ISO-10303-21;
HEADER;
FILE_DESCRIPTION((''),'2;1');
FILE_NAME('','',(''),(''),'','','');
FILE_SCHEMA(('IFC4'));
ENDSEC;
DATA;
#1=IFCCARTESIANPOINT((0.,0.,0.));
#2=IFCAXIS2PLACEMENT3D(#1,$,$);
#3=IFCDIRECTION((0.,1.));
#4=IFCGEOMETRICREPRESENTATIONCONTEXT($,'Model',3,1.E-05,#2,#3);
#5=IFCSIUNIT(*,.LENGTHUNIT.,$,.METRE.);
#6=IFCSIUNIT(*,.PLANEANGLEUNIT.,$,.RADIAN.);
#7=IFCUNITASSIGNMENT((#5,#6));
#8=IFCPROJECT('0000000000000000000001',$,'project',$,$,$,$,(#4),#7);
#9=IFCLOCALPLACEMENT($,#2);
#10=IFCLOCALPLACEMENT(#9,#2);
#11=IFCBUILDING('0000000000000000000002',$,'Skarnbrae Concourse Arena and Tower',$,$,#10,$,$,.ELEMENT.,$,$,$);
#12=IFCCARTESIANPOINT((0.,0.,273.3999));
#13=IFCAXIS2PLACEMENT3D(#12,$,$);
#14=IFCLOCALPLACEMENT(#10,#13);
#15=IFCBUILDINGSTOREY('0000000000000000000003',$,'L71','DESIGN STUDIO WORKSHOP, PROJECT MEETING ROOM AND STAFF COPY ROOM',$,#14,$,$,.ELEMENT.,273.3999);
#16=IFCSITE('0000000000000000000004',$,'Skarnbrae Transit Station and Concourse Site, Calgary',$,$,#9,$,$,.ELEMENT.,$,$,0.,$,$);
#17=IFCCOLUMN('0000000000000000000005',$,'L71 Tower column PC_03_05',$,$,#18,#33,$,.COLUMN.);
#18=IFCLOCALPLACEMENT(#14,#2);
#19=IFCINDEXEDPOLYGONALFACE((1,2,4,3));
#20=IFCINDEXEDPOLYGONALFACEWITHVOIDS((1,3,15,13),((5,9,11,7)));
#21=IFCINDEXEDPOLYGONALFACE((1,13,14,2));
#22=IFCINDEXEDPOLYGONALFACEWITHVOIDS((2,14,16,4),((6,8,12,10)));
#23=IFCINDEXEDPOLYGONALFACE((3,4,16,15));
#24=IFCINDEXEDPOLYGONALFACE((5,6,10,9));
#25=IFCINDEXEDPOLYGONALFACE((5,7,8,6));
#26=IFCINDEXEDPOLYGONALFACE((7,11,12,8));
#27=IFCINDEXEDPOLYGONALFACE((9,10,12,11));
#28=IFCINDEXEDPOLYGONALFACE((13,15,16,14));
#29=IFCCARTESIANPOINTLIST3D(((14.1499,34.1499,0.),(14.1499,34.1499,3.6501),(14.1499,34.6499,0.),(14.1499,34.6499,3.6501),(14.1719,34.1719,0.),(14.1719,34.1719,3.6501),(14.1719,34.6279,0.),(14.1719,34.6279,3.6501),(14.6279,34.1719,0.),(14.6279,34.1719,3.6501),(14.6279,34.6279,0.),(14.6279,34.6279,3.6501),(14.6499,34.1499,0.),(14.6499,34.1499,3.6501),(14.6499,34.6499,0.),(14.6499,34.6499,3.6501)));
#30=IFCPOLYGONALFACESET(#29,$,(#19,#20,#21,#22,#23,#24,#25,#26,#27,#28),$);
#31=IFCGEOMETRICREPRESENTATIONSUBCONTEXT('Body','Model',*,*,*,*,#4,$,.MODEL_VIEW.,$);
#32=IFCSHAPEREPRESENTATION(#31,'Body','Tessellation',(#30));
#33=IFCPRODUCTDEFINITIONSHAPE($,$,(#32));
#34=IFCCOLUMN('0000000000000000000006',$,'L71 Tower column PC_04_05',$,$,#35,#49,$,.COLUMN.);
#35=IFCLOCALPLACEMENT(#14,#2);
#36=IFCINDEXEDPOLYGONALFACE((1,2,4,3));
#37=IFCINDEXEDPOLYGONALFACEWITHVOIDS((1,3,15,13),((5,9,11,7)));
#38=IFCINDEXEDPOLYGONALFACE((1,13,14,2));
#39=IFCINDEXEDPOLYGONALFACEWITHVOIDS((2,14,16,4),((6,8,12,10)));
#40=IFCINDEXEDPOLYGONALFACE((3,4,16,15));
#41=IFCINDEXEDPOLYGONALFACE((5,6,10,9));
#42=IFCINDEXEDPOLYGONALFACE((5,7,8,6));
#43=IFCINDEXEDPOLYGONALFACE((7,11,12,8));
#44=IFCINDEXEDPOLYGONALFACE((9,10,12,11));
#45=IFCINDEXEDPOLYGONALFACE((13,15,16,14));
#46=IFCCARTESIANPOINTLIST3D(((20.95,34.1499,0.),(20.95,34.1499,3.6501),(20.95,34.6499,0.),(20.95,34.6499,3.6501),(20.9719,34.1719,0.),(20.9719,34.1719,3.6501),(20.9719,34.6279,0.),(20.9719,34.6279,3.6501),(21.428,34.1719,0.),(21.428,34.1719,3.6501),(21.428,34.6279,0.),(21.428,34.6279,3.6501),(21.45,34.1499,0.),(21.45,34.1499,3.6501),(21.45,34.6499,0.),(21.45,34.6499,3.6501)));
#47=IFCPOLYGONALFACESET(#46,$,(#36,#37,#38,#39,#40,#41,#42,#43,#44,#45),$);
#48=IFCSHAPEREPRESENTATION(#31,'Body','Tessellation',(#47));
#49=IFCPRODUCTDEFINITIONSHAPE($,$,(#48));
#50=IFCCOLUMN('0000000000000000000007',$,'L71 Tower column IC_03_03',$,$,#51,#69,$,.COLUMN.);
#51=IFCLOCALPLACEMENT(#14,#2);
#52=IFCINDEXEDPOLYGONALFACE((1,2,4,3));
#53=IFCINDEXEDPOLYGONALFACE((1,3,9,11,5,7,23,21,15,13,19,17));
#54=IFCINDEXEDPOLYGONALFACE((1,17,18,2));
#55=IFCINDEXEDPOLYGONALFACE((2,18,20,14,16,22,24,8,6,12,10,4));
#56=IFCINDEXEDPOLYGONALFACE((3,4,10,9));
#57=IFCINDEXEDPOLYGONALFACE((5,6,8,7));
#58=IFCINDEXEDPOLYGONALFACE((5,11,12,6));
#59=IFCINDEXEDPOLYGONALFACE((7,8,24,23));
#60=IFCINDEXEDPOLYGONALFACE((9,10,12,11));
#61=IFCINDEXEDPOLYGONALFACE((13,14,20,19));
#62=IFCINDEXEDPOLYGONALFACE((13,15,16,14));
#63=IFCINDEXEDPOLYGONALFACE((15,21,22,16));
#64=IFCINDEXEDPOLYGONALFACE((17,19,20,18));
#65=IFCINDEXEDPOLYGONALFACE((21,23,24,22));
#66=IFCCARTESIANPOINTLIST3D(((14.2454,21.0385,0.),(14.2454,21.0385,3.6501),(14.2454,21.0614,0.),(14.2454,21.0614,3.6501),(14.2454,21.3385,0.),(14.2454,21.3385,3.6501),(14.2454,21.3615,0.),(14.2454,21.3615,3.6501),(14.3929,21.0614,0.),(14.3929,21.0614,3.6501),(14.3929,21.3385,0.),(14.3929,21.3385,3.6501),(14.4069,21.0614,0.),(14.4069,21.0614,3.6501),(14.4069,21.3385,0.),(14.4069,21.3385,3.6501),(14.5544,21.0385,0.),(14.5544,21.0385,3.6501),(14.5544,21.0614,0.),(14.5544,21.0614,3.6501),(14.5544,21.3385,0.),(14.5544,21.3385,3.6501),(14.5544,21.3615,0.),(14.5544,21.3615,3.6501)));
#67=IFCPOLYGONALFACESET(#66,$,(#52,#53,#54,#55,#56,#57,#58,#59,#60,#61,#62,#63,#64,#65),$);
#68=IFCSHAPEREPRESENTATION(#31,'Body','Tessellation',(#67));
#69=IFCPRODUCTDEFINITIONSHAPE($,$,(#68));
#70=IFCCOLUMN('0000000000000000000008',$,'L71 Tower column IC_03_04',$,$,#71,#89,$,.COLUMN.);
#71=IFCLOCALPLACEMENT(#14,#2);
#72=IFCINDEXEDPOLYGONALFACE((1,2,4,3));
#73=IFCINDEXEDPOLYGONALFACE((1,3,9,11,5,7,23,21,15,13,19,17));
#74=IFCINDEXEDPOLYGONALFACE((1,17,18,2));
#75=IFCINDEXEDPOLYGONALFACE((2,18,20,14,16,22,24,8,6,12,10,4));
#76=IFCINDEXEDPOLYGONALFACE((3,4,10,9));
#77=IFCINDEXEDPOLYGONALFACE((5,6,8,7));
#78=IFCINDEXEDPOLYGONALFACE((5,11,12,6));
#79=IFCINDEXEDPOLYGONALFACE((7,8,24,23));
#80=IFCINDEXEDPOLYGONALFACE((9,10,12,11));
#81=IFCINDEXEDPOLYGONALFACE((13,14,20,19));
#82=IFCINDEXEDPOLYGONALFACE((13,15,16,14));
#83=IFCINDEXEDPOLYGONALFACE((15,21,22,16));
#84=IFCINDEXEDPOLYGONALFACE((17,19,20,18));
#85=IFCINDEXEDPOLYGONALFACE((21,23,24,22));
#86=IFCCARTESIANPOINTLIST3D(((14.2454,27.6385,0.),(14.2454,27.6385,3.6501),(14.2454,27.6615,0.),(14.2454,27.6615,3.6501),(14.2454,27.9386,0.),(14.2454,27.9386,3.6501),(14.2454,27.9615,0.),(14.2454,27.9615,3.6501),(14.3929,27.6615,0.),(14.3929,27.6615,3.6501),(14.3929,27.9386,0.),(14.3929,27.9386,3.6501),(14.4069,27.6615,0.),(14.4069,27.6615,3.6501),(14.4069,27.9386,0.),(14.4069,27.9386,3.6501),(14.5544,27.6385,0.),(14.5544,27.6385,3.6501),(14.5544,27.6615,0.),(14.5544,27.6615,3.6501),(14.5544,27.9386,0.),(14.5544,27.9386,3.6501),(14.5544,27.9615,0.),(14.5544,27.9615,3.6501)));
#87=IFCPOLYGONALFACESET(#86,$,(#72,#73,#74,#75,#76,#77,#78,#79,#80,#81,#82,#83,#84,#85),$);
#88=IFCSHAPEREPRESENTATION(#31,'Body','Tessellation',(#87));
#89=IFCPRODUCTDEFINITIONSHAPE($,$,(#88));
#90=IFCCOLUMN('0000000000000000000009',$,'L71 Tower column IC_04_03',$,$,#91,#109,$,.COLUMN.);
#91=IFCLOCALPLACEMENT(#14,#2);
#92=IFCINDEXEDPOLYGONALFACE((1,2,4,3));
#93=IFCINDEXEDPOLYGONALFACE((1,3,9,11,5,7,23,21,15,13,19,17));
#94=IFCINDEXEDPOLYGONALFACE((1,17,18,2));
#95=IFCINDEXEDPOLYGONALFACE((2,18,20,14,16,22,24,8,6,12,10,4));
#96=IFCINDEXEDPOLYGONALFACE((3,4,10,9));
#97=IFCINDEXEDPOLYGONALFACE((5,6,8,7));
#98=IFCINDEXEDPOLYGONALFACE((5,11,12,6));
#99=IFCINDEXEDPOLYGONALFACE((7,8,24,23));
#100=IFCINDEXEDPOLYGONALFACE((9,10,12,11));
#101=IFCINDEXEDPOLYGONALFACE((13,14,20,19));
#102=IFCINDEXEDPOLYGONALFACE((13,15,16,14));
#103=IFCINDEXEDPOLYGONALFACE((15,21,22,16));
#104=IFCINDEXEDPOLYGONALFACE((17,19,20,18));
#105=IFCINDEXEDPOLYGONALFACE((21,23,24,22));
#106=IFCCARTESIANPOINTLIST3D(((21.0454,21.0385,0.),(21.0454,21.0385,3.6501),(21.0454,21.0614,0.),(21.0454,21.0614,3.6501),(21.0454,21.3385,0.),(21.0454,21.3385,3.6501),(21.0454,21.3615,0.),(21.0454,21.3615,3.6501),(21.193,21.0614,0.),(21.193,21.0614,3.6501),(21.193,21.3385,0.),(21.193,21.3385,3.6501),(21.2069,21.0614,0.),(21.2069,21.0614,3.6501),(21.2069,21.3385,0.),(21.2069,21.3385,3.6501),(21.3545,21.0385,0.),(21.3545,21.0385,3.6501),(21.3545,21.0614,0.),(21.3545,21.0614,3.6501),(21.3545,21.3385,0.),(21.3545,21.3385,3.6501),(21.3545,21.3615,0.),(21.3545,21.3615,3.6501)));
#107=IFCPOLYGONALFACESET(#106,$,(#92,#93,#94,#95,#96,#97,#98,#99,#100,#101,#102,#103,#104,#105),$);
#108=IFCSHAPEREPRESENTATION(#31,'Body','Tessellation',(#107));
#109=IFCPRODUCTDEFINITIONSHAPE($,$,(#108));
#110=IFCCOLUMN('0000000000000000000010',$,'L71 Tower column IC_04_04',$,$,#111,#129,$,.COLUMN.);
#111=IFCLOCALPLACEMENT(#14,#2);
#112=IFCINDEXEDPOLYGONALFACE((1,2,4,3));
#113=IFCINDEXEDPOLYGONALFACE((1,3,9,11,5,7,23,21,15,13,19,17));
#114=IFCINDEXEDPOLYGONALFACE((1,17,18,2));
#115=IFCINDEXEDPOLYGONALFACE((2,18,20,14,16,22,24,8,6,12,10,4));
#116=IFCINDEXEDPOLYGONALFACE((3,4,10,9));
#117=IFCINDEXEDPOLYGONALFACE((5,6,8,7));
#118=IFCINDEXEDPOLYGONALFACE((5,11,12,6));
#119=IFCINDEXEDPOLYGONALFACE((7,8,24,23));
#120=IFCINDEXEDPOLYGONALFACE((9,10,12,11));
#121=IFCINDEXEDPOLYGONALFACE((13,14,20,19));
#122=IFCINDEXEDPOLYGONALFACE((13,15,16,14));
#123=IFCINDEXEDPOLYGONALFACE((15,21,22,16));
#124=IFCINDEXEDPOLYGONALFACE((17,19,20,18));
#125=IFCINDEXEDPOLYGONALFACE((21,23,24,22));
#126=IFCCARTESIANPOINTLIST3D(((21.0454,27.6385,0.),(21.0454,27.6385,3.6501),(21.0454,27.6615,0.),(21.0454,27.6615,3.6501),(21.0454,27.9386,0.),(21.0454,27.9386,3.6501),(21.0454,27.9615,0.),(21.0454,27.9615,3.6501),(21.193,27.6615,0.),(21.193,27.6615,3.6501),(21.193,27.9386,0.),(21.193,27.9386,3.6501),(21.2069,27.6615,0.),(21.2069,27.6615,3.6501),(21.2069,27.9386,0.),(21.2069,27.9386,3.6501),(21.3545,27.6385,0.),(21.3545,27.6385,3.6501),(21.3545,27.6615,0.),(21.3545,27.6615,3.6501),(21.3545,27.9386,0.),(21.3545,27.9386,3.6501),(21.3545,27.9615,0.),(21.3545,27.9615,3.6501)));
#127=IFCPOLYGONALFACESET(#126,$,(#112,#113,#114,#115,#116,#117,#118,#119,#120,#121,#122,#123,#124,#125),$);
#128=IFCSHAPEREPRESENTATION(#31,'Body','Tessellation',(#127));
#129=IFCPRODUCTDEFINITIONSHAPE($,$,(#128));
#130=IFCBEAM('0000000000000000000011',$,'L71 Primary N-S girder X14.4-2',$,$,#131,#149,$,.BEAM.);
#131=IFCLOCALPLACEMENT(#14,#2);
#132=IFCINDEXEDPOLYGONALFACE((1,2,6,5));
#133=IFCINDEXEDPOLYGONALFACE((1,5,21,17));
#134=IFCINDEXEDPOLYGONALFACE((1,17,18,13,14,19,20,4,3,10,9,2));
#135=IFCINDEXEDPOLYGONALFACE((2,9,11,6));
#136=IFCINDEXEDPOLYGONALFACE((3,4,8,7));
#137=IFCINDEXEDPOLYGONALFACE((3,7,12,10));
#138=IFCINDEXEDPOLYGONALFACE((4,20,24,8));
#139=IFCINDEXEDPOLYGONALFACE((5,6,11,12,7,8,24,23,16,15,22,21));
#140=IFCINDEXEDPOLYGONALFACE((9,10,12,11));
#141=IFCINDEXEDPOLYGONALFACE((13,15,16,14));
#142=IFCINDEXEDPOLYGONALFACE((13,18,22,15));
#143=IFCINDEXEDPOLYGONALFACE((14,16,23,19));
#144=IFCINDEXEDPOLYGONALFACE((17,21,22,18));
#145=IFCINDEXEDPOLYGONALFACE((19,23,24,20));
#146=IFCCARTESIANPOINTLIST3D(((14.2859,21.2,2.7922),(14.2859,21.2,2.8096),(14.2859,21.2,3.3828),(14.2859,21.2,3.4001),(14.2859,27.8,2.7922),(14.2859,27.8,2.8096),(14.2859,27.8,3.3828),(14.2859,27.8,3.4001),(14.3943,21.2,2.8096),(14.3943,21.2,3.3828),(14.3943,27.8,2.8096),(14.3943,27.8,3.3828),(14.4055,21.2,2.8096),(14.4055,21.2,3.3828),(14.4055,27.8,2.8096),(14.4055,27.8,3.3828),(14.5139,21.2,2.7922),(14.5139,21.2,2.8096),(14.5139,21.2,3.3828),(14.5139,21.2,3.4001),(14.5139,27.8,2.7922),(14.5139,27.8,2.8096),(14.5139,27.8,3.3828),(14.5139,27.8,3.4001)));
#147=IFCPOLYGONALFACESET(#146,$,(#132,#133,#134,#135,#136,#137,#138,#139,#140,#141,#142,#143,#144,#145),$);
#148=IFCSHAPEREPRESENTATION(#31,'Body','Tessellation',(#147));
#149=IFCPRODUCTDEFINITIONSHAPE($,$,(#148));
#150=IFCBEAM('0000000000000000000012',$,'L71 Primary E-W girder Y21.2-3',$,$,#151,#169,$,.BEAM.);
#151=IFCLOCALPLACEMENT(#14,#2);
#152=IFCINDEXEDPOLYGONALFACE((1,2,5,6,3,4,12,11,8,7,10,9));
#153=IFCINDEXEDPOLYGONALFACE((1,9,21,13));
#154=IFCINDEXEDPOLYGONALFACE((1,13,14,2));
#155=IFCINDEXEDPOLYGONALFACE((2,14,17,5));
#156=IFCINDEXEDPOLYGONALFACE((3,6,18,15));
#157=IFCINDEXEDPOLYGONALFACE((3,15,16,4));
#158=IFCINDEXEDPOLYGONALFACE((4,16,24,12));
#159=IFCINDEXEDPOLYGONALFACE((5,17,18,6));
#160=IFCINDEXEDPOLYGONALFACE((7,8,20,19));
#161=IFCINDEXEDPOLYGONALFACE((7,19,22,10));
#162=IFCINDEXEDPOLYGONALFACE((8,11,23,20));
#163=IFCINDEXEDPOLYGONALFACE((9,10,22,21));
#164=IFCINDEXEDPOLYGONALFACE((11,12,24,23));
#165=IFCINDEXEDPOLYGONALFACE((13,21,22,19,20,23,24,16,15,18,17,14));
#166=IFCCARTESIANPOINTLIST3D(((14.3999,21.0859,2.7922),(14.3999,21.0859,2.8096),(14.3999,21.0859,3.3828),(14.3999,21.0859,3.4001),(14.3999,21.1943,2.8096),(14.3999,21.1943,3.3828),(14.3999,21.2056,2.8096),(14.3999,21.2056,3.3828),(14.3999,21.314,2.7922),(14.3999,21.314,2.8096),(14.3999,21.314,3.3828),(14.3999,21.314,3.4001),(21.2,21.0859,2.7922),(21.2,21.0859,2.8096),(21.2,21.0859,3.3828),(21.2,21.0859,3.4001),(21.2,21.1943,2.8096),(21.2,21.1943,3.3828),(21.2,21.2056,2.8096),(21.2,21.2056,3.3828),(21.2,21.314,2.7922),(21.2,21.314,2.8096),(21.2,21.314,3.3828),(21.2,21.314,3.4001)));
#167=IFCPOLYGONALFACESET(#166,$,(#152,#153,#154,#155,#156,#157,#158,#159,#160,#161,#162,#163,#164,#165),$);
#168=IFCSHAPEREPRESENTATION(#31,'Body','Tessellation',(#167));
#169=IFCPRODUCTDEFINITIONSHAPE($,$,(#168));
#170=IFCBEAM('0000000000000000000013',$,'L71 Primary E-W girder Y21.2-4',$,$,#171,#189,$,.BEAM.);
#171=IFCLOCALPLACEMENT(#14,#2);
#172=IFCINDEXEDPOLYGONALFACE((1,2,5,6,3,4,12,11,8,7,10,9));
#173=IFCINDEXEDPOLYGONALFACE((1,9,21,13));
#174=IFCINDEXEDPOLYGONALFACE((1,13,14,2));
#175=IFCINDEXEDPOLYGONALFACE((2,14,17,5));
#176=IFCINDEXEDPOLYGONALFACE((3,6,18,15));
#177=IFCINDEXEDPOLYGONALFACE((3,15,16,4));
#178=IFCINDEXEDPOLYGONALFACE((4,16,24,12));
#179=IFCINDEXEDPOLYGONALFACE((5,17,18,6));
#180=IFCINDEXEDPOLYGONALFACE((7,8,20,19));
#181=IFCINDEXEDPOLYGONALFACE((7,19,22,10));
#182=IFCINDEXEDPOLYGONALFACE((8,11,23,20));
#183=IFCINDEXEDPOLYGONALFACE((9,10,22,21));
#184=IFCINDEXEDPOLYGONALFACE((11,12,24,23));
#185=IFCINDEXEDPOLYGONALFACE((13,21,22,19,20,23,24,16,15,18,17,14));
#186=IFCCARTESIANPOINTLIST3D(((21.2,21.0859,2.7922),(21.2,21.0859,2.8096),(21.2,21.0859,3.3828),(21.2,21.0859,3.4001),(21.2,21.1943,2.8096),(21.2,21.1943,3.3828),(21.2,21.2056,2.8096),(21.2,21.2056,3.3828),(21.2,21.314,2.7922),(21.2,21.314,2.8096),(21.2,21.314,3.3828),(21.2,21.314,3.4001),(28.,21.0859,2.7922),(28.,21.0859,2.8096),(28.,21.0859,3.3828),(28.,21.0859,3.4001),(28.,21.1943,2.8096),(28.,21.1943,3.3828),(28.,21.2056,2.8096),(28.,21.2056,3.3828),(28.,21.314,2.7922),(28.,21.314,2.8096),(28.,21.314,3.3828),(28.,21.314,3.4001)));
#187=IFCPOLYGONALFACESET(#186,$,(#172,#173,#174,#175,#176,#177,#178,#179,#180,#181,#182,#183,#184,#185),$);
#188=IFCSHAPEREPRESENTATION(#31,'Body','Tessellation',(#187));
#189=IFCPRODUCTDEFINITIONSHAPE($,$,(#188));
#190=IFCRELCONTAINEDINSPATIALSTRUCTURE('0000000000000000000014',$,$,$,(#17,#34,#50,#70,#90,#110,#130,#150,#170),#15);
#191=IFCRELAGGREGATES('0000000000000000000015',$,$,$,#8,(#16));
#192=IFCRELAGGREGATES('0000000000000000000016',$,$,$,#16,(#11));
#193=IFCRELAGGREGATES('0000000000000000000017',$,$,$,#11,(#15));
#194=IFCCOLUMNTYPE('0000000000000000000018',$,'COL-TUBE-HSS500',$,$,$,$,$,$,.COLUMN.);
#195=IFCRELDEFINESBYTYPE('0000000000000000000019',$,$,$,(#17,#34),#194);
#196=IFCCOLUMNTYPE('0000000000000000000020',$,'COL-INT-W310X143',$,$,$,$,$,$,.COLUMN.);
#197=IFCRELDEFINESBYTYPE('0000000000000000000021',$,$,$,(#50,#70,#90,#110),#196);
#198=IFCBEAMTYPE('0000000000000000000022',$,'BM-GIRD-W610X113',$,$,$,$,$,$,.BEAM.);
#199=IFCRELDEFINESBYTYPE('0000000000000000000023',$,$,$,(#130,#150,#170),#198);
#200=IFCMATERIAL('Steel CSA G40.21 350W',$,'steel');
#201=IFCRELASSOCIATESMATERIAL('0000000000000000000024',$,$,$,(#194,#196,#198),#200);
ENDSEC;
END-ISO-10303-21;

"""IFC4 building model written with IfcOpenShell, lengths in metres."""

from ifc_helpers import new_model, si_unit, direction, frame, origin, origin_2d, place, context, subcontext, project, spatial, hollow_rectangle, i_section, extrude, source, transform, mapped, material, material_profile, profile_set, type_object, element, save


model = new_model("IFC4")

# Units and contexts
model_context = context("Model", 3, precision=1e-05, world=origin(), true_north=direction((0.0, 1.0)))
body_context = subcontext(model_context, "Body", "Model", "MODEL_VIEW")
ifc_project = project(units=[si_unit("LENGTHUNIT", "METRE"), si_unit("PLANEANGLEUNIT", "RADIAN")], contexts=[model_context])

# Site, building, storey
site_placement = place(None, origin())
site = spatial("IfcSite", under=ifc_project, at=site_placement, Name="Skarnbrae Transit Station and Concourse Site, Calgary", CompositionType="ELEMENT", RefElevation=0.0)
building_placement = place(site_placement, origin())
building = spatial("IfcBuilding", under=site, at=building_placement, Name="Skarnbrae Concourse Arena and Tower", CompositionType="ELEMENT")
storey_placement = place(building_placement, frame((0.0, 0.0, 273.3999)))
storey = spatial("IfcBuildingStorey", under=building, at=storey_placement, Name="L71", Description="DESIGN STUDIO WORKSHOP, PROJECT MEETING ROOM AND STAFF COPY ROOM", CompositionType="ELEMENT", Elevation=273.3999)

# Columns
ifc_material_1 = material(Name="Steel CSA G40.21 350W", Category="steel")
ifc_material_profile_1 = material_profile(ifc_material_1, hollow_rectangle(XDim=0.5, YDim=0.5, WallThickness=0.022, at=origin_2d()), Name="HSS500X500X22.0")
ifc_profile_set_1 = profile_set([ifc_material_profile_1], Name="Steel CSA G40.21 350W")
column_type_1 = type_object("IfcColumnType", Name="COL-TUBE-HSS500", PredefinedType="COLUMN", material=ifc_profile_set_1)
shared_shape_1 = source(origin(), body_context, "Body", "SweptSolid", [
    extrude(hollow_rectangle(XDim=0.5, YDim=0.5, WallThickness=0.022, at=origin_2d()), origin(), (0.0, 0.0, 1.0), 3.6501),
])
for number, where, z_axis, x_axis, name in (
    (1, (14.3999, 34.3999, 0.0), (0.0, 0.0, 1.0), (1.0, 0.0, 0.0), "L71 Tower column PC_03_05"),
    (2, (21.2, 34.3999, 0.0), (0.0, 0.0, 1.0), (1.0, 0.0, 0.0), "L71 Tower column PC_04_05"),
):
    element("IfcColumn", number, at=place(storey_placement, frame(where, z_axis=z_axis, x_axis=x_axis)), inside=storey, type_object=column_type_1, Name=name, PredefinedType="COLUMN", context=body_context, shape_type="MappedRepresentation", body=[
        mapped(shared_shape_1, transform((0.0, 0.0, 0.0))),
    ])
ifc_material_profile_2 = material_profile(ifc_material_1, i_section(OverallWidth=0.3091, OverallDepth=0.323, WebThickness=0.0139, FlangeThickness=0.0229, at=origin_2d()), Name="W310X143")
ifc_profile_set_2 = profile_set([ifc_material_profile_2], Name="Steel CSA G40.21 350W")
column_type_2 = type_object("IfcColumnType", Name="COL-INT-W310X143", PredefinedType="COLUMN", material=ifc_profile_set_2)
shared_shape_2 = source(origin(), body_context, "Body", "SweptSolid", [
    extrude(i_section(OverallWidth=0.3091, OverallDepth=0.323, WebThickness=0.0139, FlangeThickness=0.0229, at=origin_2d()), origin(), (0.0, 0.0, 1.0), 3.6501),
])
for number, where, z_axis, x_axis, name in (
    (3, (14.3999, 21.2, 0.0), (0.0, 0.0, 1.0), (1.0, 0.0, 0.0), "L71 Tower column IC_03_03"),
    (4, (14.3999, 27.8, 0.0), (0.0, 0.0, 1.0), (1.0, 0.0, 0.0), "L71 Tower column IC_03_04"),
    (5, (21.2, 21.2, 0.0), (0.0, 0.0, 1.0), (1.0, 0.0, 0.0), "L71 Tower column IC_04_03"),
    (6, (21.2, 27.8, 0.0), (0.0, 0.0, 1.0), (1.0, 0.0, 0.0), "L71 Tower column IC_04_04"),
):
    element("IfcColumn", number, at=place(storey_placement, frame(where, z_axis=z_axis, x_axis=x_axis)), inside=storey, type_object=column_type_2, Name=name, PredefinedType="COLUMN", context=body_context, shape_type="MappedRepresentation", body=[
        mapped(shared_shape_2, transform((0.0, 0.0, 0.0))),
    ])

# Beams
ifc_material_profile_3 = material_profile(ifc_material_1, i_section(OverallWidth=0.228, OverallDepth=0.6079, WebThickness=0.0112, FlangeThickness=0.0173, at=origin_2d()), Name="W610X113")
ifc_profile_set_3 = profile_set([ifc_material_profile_3], Name="Steel CSA G40.21 350W")
beam_type_1 = type_object("IfcBeamType", Name="BM-GIRD-W610X113", PredefinedType="BEAM", material=ifc_profile_set_3)
shared_shape_3 = source(origin(), body_context, "Body", "SweptSolid", [
    extrude(i_section(OverallWidth=0.228, OverallDepth=0.6079, WebThickness=0.0112, FlangeThickness=0.0173, at=origin_2d()), origin(), (0.0, 0.0, 1.0), 6.6001),
])
beam_1_placement = place(storey_placement, frame((14.3999, 21.2, 3.0962), z_axis=(0.0, 1.0, 0.0), x_axis=(-1.0, 0.0, 0.0)))
element("IfcBeam", 7, at=beam_1_placement, inside=storey, type_object=beam_type_1, Name="L71 Primary N-S girder X14.4-2", PredefinedType="BEAM", context=body_context, shape_type="MappedRepresentation", body=[
    mapped(shared_shape_3, transform((0.0, 0.0, 0.0))),
])
shared_shape_4 = source(origin(), body_context, "Body", "SweptSolid", [
    extrude(i_section(OverallWidth=0.228, OverallDepth=0.6079, WebThickness=0.0112, FlangeThickness=0.0173, at=origin_2d()), origin(), (0.0, 0.0, 1.0), 6.8),
])
for number, where, z_axis, x_axis, name in (
    (8, (14.3999, 21.2, 3.0962), (1.0, 0.0, 0.0), (0.0, 1.0, 0.0), "L71 Primary E-W girder Y21.2-3"),
    (9, (21.2, 21.2, 3.0962), (1.0, 0.0, 0.0), (0.0, 1.0, 0.0), "L71 Primary E-W girder Y21.2-4"),
):
    element("IfcBeam", number, at=place(storey_placement, frame(where, z_axis=z_axis, x_axis=x_axis)), inside=storey, type_object=beam_type_1, Name=name, PredefinedType="BEAM", context=body_context, shape_type="MappedRepresentation", body=[
        mapped(shared_shape_4, transform((0.0, 0.0, 0.0))),
    ])

save(model, "model.ifc")
